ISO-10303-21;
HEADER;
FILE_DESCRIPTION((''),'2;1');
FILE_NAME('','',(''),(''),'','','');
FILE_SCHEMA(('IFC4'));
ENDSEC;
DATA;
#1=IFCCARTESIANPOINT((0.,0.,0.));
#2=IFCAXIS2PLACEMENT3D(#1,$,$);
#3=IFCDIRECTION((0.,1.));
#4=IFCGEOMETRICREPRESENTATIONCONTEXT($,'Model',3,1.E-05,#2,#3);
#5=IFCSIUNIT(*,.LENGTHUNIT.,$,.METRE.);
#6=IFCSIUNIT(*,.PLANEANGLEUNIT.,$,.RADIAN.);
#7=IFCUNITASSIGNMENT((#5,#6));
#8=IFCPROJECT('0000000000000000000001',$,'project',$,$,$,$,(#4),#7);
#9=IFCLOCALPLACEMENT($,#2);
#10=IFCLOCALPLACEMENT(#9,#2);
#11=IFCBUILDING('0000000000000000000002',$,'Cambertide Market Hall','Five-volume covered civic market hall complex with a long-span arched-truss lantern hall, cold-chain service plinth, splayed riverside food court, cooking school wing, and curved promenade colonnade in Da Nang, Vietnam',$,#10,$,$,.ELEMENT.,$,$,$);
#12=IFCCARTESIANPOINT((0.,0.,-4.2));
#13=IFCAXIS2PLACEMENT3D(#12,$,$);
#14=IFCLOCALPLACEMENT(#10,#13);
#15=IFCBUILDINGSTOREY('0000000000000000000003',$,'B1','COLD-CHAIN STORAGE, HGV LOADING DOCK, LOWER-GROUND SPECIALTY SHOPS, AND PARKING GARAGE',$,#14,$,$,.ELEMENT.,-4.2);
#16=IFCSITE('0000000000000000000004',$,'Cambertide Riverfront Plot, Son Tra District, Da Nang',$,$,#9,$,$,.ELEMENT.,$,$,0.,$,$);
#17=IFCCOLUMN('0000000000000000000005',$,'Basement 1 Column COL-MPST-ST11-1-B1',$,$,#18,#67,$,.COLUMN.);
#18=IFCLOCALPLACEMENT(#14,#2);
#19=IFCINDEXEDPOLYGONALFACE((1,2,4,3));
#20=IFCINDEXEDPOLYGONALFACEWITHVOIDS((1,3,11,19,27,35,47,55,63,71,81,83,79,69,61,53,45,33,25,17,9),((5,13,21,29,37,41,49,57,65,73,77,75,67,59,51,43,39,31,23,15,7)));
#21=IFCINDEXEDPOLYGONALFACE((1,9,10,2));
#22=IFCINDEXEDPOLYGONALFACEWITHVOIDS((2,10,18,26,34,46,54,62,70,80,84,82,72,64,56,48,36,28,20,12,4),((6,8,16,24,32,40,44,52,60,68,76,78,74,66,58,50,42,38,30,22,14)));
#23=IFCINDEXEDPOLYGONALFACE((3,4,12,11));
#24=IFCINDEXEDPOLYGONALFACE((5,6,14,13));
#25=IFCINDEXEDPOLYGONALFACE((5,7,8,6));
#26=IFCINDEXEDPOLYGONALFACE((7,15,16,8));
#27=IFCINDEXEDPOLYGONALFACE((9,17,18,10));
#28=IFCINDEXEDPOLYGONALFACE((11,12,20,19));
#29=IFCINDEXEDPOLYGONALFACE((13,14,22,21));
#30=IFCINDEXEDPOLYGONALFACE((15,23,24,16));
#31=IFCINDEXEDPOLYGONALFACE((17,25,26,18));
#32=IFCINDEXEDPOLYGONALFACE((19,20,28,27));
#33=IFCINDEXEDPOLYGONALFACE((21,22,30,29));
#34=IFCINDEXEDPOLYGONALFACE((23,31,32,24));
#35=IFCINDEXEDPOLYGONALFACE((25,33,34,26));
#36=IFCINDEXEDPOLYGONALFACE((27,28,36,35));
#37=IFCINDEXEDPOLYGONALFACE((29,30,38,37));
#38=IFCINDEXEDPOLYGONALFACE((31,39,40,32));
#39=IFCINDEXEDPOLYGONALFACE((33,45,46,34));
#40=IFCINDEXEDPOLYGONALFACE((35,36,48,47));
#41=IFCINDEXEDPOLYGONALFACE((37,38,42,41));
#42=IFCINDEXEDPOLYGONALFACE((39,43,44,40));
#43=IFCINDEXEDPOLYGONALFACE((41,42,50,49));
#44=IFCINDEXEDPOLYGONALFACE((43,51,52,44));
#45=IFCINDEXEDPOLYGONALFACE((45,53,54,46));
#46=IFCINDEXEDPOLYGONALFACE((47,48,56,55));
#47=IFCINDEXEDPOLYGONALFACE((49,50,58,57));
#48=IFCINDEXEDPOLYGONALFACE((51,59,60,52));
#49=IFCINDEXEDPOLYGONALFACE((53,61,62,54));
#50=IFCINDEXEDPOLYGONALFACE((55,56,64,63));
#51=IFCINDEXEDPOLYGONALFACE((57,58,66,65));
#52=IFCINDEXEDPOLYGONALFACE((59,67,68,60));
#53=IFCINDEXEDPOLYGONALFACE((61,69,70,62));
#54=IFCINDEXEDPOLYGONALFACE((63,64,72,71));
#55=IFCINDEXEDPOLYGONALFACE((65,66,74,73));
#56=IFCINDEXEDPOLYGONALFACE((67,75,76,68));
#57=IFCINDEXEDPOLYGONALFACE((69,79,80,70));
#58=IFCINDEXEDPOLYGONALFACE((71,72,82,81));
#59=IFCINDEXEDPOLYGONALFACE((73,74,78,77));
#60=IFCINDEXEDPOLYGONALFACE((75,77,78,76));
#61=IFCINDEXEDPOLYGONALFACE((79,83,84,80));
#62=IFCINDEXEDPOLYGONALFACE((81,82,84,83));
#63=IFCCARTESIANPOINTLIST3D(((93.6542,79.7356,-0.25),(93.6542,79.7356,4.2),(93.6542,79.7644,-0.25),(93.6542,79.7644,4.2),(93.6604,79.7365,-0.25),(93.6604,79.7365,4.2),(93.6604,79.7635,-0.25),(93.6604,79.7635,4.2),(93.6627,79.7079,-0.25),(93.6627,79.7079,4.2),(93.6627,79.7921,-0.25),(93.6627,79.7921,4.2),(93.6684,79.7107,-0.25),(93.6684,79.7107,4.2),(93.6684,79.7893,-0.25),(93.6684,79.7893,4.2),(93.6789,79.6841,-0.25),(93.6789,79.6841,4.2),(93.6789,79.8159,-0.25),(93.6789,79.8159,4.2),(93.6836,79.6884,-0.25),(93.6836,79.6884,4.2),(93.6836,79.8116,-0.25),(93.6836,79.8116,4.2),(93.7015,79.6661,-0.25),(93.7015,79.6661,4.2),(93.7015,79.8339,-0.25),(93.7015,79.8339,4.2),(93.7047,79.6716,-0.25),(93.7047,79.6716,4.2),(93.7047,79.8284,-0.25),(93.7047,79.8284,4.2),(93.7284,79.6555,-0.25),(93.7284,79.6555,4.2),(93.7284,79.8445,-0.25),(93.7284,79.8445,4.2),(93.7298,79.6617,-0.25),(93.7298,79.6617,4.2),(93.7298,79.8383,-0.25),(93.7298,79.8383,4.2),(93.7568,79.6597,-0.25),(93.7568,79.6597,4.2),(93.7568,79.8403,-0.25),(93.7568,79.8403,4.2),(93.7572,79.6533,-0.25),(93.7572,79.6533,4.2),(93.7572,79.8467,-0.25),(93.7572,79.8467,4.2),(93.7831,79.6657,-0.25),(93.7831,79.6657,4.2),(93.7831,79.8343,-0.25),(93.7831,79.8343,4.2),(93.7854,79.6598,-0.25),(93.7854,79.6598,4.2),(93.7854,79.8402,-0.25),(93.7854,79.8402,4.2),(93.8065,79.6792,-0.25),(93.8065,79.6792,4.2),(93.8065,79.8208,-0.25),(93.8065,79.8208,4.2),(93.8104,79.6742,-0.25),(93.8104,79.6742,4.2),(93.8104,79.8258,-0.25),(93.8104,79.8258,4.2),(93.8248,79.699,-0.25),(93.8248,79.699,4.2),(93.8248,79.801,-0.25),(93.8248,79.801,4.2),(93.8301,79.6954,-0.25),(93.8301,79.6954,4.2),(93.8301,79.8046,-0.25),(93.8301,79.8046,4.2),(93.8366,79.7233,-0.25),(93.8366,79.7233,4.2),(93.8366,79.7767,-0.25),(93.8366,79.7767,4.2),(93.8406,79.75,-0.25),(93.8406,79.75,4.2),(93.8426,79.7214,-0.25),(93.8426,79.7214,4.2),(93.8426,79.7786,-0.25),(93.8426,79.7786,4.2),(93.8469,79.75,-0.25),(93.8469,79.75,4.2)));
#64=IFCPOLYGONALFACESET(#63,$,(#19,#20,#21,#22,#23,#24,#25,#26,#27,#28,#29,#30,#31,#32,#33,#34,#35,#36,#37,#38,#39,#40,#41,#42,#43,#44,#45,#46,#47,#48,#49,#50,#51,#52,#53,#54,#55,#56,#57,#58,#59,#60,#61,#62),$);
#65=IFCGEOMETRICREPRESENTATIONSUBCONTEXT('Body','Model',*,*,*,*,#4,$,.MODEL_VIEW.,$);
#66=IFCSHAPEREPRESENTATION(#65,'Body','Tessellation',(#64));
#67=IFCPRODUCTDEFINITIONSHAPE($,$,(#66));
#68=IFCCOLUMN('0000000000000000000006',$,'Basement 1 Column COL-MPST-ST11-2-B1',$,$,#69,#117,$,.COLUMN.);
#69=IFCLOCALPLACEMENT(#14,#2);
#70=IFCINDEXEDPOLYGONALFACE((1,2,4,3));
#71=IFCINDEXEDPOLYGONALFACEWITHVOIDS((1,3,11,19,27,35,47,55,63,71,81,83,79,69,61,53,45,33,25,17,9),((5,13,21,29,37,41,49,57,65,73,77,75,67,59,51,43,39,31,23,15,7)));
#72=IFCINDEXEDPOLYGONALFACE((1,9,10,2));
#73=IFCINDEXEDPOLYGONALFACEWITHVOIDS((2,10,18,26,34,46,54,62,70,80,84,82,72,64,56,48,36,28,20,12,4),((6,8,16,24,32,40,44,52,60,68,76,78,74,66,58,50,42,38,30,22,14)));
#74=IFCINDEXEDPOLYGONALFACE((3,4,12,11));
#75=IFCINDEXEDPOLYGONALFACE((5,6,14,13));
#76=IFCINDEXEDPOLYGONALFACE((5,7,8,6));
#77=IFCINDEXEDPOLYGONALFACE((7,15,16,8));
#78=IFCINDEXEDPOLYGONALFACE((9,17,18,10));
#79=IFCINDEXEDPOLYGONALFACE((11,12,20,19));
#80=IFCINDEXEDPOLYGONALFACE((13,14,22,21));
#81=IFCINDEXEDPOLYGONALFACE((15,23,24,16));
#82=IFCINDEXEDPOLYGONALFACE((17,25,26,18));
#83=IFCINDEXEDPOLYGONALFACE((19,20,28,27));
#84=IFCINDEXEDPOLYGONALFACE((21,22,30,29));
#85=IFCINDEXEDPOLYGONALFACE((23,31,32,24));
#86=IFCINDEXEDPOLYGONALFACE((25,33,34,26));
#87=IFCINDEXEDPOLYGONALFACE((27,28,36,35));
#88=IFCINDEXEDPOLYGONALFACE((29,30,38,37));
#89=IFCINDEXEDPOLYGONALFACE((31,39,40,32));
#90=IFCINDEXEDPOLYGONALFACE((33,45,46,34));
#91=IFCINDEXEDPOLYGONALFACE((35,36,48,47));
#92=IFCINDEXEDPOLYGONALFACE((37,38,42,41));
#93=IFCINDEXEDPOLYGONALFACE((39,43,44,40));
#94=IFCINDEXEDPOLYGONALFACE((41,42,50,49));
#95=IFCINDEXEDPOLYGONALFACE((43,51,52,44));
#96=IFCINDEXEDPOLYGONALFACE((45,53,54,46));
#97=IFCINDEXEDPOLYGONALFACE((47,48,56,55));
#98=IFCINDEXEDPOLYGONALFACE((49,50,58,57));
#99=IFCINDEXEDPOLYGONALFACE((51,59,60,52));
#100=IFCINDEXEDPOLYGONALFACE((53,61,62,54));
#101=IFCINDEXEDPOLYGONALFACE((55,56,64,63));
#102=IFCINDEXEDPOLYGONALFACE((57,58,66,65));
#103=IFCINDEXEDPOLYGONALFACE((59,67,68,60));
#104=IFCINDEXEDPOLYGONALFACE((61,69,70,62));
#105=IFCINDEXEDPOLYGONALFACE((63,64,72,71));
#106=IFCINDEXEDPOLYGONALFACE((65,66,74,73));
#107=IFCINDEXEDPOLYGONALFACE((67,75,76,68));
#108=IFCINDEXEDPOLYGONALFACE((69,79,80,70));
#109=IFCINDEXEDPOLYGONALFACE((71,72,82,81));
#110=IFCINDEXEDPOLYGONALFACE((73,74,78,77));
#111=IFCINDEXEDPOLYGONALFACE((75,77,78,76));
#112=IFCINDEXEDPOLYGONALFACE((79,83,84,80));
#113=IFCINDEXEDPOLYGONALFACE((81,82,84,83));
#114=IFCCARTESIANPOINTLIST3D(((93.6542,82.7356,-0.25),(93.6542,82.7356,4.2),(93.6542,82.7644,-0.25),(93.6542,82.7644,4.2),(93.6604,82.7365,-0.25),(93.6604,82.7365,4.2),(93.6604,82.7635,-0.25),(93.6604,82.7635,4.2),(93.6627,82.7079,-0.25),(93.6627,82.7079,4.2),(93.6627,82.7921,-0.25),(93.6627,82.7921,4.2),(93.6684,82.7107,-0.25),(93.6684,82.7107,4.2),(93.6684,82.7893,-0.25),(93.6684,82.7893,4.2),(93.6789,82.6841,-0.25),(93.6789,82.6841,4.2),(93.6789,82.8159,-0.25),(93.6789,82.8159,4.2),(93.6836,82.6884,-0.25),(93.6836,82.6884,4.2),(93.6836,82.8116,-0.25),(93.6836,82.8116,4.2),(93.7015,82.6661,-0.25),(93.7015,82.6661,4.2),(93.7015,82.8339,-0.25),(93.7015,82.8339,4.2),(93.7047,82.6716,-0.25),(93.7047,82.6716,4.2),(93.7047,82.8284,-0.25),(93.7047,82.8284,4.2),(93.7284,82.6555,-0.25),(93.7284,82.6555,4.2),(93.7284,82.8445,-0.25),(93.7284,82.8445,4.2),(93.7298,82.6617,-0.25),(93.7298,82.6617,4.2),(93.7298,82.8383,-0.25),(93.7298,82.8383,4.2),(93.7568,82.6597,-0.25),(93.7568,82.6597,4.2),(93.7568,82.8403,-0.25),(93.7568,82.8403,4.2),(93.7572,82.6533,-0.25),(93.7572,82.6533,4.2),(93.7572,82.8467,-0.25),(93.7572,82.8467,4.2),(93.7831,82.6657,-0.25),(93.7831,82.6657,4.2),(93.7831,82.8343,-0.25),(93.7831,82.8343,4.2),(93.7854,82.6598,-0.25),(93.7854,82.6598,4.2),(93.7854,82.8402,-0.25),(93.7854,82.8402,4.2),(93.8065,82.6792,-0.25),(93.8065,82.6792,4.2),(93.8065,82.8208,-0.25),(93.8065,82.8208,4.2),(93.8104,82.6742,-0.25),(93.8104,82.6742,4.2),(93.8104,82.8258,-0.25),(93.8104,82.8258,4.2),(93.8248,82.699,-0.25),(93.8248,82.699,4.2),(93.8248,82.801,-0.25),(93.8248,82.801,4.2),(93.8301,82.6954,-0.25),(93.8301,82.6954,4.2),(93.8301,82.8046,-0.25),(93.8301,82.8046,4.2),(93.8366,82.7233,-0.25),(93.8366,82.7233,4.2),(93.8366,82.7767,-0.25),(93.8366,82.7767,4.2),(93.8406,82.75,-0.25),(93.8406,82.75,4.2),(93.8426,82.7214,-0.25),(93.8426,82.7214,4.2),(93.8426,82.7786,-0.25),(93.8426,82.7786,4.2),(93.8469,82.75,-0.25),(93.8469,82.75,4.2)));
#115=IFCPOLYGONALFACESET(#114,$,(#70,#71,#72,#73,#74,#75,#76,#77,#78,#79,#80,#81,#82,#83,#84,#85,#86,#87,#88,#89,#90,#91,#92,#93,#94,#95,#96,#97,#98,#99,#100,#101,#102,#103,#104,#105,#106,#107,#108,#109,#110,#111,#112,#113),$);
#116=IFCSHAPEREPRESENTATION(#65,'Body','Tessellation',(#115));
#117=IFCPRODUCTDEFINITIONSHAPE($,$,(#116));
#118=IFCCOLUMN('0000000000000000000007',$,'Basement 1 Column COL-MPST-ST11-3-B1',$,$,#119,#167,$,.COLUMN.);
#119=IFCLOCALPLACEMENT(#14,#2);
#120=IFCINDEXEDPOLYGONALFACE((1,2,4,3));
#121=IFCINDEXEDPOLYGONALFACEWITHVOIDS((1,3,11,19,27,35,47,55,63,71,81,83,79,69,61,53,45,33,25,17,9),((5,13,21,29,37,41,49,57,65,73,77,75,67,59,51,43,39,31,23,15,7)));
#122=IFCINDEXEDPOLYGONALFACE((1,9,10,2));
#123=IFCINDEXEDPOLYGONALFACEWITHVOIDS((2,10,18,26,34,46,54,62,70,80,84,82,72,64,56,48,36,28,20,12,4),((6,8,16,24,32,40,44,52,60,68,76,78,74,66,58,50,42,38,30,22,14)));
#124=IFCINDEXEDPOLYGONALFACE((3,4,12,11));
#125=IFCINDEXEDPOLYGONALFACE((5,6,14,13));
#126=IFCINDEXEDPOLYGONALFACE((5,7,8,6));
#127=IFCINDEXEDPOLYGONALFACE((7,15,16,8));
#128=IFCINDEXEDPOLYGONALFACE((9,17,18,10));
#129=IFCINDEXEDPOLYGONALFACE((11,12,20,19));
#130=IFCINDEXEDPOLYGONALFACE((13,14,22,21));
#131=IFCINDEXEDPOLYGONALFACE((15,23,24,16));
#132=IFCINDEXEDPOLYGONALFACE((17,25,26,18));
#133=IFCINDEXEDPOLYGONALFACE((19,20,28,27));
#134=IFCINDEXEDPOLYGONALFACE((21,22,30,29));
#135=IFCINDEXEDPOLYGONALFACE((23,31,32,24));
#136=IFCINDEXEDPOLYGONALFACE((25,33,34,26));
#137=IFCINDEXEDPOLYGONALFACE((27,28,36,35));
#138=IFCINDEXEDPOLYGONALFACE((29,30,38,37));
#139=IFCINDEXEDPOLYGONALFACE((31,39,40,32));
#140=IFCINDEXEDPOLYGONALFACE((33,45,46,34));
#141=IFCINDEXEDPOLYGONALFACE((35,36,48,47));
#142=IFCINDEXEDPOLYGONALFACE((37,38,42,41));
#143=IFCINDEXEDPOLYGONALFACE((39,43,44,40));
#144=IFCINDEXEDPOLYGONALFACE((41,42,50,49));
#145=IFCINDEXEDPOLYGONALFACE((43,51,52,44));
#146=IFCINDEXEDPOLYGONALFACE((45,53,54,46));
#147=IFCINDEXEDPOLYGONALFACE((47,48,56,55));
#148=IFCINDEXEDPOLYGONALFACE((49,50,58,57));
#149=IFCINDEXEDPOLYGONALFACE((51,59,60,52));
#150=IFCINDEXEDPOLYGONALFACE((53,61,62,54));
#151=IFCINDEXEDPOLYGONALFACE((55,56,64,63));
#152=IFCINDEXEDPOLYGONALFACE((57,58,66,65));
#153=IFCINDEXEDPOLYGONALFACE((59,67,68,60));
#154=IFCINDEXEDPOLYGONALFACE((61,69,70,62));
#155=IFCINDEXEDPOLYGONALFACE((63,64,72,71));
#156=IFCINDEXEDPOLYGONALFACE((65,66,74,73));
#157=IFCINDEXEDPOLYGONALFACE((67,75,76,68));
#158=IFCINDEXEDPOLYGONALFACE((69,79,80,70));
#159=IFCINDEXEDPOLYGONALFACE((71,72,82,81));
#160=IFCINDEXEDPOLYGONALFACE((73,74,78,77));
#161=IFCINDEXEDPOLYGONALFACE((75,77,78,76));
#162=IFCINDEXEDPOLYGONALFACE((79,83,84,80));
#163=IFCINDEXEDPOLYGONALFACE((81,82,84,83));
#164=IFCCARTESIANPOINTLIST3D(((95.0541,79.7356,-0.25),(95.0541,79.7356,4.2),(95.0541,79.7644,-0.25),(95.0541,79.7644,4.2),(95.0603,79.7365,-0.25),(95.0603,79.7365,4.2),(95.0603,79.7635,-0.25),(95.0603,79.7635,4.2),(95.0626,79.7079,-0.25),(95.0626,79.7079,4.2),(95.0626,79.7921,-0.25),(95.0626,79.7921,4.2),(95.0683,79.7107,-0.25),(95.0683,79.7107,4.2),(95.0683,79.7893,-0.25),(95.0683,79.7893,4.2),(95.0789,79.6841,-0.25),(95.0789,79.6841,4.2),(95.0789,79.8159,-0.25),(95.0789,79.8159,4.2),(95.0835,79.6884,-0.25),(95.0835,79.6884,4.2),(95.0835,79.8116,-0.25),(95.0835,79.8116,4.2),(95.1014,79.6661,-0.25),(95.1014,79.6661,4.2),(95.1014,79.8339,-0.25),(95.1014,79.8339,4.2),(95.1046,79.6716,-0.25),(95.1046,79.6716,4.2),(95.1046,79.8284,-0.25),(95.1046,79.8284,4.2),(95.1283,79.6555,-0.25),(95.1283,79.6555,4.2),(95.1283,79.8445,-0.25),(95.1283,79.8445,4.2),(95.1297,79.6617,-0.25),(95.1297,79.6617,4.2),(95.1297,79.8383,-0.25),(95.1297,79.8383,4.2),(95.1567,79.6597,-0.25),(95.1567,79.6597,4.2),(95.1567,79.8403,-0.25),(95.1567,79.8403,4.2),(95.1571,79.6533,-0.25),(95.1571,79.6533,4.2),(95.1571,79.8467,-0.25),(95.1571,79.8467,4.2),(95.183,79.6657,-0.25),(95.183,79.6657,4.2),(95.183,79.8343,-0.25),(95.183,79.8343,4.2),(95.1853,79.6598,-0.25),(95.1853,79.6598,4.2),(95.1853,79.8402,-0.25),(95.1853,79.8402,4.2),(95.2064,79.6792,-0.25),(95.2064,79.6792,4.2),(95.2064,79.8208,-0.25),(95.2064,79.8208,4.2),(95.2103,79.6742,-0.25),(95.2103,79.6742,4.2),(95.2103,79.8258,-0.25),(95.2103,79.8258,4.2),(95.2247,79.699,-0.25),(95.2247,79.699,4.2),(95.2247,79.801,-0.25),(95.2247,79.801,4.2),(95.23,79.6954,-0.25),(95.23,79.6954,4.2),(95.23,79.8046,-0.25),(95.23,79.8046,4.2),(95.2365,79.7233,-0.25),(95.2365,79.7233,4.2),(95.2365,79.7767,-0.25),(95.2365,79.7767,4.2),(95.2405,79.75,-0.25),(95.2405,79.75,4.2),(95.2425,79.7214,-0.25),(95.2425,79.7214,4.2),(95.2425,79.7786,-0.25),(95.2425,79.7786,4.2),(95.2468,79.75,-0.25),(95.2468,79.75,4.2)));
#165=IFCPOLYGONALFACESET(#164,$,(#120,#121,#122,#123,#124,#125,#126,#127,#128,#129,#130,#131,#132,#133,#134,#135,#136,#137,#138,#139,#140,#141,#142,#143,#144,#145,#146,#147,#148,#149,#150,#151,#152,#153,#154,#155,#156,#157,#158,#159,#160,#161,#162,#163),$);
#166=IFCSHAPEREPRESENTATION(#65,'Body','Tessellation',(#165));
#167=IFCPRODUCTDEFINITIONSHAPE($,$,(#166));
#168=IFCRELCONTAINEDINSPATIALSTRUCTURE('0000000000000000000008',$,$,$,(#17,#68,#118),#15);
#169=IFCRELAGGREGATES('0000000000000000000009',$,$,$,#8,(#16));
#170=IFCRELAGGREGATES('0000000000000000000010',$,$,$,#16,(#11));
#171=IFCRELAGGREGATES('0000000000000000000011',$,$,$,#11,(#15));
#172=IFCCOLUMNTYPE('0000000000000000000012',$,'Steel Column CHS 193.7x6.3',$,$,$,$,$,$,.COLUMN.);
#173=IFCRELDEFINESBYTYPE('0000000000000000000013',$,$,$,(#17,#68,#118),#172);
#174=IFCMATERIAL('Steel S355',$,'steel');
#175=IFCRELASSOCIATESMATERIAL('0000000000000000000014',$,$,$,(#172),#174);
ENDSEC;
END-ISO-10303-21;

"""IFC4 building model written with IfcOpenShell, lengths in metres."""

from ifc_helpers import new_model, si_unit, direction, frame, origin, origin_2d, place, context, subcontext, project, spatial, hollow_circle, extrude, material, material_profile, profile_set, type_object, element, save


model = new_model("IFC4")

# Units and contexts
model_context = context("Model", 3, precision=1e-05, world=origin(), true_north=direction((0.0, 1.0)))
body_context = subcontext(model_context, "Body", "Model", "MODEL_VIEW")
ifc_project = project(units=[si_unit("LENGTHUNIT", "METRE"), si_unit("PLANEANGLEUNIT", "RADIAN")], contexts=[model_context])

# Site, building, storey
site_placement = place(None, origin())
site = spatial("IfcSite", under=ifc_project, at=site_placement, Name="Cambertide Riverfront Plot, Son Tra District, Da Nang", CompositionType="ELEMENT", RefElevation=0.0)
building_placement = place(site_placement, origin())
building = spatial("IfcBuilding", under=site, at=building_placement, Name="Cambertide Market Hall", Description="Five-volume covered civic market hall complex with a long-span arched-truss lantern hall, cold-chain service plinth, splayed riverside food court, cooking school wing, and curved promenade colonnade in Da Nang, Vietnam", CompositionType="ELEMENT")
storey_placement = place(building_placement, frame((0.0, 0.0, -4.2)))
storey = spatial("IfcBuildingStorey", under=building, at=storey_placement, Name="B1", Description="COLD-CHAIN STORAGE, HGV LOADING DOCK, LOWER-GROUND SPECIALTY SHOPS, AND PARKING GARAGE", CompositionType="ELEMENT", Elevation=-4.2)

# Columns
ifc_material_1 = material(Name="Steel S355", Category="steel")
ifc_material_profile_1 = material_profile(ifc_material_1, hollow_circle(Radius=0.0969, WallThickness=0.0063, at=origin_2d()), Name="CHS 193.7x6.3")
ifc_profile_set_1 = profile_set([ifc_material_profile_1], Name="Steel S355")
column_type_1 = type_object("IfcColumnType", Name="Steel Column CHS 193.7x6.3", PredefinedType="COLUMN", material=ifc_profile_set_1)
for number, where, z_axis, x_axis, name in (
    (1, (93.75, 79.75, -0.25), (0.0, 0.0, 1.0), (1.0, 0.0, 0.0), "Basement 1 Column COL-MPST-ST11-1-B1"),
    (2, (93.75, 82.75, -0.25), (0.0, 0.0, 1.0), (1.0, 0.0, 0.0), "Basement 1 Column COL-MPST-ST11-2-B1"),
    (3, (95.1499, 79.75, -0.25), (0.0, 0.0, 1.0), (1.0, 0.0, 0.0), "Basement 1 Column COL-MPST-ST11-3-B1"),
):
    element("IfcColumn", number, at=place(storey_placement, frame(where, z_axis=z_axis, x_axis=x_axis)), inside=storey, type_object=column_type_1, Name=name, PredefinedType="COLUMN", context=body_context, shape_type="SweptSolid", body=[
        extrude(hollow_circle(Radius=0.0969, WallThickness=0.0063, at=origin_2d()), origin(), (0.0, 0.0, 1.0), 4.45),
    ])

save(model, "model.ifc")
